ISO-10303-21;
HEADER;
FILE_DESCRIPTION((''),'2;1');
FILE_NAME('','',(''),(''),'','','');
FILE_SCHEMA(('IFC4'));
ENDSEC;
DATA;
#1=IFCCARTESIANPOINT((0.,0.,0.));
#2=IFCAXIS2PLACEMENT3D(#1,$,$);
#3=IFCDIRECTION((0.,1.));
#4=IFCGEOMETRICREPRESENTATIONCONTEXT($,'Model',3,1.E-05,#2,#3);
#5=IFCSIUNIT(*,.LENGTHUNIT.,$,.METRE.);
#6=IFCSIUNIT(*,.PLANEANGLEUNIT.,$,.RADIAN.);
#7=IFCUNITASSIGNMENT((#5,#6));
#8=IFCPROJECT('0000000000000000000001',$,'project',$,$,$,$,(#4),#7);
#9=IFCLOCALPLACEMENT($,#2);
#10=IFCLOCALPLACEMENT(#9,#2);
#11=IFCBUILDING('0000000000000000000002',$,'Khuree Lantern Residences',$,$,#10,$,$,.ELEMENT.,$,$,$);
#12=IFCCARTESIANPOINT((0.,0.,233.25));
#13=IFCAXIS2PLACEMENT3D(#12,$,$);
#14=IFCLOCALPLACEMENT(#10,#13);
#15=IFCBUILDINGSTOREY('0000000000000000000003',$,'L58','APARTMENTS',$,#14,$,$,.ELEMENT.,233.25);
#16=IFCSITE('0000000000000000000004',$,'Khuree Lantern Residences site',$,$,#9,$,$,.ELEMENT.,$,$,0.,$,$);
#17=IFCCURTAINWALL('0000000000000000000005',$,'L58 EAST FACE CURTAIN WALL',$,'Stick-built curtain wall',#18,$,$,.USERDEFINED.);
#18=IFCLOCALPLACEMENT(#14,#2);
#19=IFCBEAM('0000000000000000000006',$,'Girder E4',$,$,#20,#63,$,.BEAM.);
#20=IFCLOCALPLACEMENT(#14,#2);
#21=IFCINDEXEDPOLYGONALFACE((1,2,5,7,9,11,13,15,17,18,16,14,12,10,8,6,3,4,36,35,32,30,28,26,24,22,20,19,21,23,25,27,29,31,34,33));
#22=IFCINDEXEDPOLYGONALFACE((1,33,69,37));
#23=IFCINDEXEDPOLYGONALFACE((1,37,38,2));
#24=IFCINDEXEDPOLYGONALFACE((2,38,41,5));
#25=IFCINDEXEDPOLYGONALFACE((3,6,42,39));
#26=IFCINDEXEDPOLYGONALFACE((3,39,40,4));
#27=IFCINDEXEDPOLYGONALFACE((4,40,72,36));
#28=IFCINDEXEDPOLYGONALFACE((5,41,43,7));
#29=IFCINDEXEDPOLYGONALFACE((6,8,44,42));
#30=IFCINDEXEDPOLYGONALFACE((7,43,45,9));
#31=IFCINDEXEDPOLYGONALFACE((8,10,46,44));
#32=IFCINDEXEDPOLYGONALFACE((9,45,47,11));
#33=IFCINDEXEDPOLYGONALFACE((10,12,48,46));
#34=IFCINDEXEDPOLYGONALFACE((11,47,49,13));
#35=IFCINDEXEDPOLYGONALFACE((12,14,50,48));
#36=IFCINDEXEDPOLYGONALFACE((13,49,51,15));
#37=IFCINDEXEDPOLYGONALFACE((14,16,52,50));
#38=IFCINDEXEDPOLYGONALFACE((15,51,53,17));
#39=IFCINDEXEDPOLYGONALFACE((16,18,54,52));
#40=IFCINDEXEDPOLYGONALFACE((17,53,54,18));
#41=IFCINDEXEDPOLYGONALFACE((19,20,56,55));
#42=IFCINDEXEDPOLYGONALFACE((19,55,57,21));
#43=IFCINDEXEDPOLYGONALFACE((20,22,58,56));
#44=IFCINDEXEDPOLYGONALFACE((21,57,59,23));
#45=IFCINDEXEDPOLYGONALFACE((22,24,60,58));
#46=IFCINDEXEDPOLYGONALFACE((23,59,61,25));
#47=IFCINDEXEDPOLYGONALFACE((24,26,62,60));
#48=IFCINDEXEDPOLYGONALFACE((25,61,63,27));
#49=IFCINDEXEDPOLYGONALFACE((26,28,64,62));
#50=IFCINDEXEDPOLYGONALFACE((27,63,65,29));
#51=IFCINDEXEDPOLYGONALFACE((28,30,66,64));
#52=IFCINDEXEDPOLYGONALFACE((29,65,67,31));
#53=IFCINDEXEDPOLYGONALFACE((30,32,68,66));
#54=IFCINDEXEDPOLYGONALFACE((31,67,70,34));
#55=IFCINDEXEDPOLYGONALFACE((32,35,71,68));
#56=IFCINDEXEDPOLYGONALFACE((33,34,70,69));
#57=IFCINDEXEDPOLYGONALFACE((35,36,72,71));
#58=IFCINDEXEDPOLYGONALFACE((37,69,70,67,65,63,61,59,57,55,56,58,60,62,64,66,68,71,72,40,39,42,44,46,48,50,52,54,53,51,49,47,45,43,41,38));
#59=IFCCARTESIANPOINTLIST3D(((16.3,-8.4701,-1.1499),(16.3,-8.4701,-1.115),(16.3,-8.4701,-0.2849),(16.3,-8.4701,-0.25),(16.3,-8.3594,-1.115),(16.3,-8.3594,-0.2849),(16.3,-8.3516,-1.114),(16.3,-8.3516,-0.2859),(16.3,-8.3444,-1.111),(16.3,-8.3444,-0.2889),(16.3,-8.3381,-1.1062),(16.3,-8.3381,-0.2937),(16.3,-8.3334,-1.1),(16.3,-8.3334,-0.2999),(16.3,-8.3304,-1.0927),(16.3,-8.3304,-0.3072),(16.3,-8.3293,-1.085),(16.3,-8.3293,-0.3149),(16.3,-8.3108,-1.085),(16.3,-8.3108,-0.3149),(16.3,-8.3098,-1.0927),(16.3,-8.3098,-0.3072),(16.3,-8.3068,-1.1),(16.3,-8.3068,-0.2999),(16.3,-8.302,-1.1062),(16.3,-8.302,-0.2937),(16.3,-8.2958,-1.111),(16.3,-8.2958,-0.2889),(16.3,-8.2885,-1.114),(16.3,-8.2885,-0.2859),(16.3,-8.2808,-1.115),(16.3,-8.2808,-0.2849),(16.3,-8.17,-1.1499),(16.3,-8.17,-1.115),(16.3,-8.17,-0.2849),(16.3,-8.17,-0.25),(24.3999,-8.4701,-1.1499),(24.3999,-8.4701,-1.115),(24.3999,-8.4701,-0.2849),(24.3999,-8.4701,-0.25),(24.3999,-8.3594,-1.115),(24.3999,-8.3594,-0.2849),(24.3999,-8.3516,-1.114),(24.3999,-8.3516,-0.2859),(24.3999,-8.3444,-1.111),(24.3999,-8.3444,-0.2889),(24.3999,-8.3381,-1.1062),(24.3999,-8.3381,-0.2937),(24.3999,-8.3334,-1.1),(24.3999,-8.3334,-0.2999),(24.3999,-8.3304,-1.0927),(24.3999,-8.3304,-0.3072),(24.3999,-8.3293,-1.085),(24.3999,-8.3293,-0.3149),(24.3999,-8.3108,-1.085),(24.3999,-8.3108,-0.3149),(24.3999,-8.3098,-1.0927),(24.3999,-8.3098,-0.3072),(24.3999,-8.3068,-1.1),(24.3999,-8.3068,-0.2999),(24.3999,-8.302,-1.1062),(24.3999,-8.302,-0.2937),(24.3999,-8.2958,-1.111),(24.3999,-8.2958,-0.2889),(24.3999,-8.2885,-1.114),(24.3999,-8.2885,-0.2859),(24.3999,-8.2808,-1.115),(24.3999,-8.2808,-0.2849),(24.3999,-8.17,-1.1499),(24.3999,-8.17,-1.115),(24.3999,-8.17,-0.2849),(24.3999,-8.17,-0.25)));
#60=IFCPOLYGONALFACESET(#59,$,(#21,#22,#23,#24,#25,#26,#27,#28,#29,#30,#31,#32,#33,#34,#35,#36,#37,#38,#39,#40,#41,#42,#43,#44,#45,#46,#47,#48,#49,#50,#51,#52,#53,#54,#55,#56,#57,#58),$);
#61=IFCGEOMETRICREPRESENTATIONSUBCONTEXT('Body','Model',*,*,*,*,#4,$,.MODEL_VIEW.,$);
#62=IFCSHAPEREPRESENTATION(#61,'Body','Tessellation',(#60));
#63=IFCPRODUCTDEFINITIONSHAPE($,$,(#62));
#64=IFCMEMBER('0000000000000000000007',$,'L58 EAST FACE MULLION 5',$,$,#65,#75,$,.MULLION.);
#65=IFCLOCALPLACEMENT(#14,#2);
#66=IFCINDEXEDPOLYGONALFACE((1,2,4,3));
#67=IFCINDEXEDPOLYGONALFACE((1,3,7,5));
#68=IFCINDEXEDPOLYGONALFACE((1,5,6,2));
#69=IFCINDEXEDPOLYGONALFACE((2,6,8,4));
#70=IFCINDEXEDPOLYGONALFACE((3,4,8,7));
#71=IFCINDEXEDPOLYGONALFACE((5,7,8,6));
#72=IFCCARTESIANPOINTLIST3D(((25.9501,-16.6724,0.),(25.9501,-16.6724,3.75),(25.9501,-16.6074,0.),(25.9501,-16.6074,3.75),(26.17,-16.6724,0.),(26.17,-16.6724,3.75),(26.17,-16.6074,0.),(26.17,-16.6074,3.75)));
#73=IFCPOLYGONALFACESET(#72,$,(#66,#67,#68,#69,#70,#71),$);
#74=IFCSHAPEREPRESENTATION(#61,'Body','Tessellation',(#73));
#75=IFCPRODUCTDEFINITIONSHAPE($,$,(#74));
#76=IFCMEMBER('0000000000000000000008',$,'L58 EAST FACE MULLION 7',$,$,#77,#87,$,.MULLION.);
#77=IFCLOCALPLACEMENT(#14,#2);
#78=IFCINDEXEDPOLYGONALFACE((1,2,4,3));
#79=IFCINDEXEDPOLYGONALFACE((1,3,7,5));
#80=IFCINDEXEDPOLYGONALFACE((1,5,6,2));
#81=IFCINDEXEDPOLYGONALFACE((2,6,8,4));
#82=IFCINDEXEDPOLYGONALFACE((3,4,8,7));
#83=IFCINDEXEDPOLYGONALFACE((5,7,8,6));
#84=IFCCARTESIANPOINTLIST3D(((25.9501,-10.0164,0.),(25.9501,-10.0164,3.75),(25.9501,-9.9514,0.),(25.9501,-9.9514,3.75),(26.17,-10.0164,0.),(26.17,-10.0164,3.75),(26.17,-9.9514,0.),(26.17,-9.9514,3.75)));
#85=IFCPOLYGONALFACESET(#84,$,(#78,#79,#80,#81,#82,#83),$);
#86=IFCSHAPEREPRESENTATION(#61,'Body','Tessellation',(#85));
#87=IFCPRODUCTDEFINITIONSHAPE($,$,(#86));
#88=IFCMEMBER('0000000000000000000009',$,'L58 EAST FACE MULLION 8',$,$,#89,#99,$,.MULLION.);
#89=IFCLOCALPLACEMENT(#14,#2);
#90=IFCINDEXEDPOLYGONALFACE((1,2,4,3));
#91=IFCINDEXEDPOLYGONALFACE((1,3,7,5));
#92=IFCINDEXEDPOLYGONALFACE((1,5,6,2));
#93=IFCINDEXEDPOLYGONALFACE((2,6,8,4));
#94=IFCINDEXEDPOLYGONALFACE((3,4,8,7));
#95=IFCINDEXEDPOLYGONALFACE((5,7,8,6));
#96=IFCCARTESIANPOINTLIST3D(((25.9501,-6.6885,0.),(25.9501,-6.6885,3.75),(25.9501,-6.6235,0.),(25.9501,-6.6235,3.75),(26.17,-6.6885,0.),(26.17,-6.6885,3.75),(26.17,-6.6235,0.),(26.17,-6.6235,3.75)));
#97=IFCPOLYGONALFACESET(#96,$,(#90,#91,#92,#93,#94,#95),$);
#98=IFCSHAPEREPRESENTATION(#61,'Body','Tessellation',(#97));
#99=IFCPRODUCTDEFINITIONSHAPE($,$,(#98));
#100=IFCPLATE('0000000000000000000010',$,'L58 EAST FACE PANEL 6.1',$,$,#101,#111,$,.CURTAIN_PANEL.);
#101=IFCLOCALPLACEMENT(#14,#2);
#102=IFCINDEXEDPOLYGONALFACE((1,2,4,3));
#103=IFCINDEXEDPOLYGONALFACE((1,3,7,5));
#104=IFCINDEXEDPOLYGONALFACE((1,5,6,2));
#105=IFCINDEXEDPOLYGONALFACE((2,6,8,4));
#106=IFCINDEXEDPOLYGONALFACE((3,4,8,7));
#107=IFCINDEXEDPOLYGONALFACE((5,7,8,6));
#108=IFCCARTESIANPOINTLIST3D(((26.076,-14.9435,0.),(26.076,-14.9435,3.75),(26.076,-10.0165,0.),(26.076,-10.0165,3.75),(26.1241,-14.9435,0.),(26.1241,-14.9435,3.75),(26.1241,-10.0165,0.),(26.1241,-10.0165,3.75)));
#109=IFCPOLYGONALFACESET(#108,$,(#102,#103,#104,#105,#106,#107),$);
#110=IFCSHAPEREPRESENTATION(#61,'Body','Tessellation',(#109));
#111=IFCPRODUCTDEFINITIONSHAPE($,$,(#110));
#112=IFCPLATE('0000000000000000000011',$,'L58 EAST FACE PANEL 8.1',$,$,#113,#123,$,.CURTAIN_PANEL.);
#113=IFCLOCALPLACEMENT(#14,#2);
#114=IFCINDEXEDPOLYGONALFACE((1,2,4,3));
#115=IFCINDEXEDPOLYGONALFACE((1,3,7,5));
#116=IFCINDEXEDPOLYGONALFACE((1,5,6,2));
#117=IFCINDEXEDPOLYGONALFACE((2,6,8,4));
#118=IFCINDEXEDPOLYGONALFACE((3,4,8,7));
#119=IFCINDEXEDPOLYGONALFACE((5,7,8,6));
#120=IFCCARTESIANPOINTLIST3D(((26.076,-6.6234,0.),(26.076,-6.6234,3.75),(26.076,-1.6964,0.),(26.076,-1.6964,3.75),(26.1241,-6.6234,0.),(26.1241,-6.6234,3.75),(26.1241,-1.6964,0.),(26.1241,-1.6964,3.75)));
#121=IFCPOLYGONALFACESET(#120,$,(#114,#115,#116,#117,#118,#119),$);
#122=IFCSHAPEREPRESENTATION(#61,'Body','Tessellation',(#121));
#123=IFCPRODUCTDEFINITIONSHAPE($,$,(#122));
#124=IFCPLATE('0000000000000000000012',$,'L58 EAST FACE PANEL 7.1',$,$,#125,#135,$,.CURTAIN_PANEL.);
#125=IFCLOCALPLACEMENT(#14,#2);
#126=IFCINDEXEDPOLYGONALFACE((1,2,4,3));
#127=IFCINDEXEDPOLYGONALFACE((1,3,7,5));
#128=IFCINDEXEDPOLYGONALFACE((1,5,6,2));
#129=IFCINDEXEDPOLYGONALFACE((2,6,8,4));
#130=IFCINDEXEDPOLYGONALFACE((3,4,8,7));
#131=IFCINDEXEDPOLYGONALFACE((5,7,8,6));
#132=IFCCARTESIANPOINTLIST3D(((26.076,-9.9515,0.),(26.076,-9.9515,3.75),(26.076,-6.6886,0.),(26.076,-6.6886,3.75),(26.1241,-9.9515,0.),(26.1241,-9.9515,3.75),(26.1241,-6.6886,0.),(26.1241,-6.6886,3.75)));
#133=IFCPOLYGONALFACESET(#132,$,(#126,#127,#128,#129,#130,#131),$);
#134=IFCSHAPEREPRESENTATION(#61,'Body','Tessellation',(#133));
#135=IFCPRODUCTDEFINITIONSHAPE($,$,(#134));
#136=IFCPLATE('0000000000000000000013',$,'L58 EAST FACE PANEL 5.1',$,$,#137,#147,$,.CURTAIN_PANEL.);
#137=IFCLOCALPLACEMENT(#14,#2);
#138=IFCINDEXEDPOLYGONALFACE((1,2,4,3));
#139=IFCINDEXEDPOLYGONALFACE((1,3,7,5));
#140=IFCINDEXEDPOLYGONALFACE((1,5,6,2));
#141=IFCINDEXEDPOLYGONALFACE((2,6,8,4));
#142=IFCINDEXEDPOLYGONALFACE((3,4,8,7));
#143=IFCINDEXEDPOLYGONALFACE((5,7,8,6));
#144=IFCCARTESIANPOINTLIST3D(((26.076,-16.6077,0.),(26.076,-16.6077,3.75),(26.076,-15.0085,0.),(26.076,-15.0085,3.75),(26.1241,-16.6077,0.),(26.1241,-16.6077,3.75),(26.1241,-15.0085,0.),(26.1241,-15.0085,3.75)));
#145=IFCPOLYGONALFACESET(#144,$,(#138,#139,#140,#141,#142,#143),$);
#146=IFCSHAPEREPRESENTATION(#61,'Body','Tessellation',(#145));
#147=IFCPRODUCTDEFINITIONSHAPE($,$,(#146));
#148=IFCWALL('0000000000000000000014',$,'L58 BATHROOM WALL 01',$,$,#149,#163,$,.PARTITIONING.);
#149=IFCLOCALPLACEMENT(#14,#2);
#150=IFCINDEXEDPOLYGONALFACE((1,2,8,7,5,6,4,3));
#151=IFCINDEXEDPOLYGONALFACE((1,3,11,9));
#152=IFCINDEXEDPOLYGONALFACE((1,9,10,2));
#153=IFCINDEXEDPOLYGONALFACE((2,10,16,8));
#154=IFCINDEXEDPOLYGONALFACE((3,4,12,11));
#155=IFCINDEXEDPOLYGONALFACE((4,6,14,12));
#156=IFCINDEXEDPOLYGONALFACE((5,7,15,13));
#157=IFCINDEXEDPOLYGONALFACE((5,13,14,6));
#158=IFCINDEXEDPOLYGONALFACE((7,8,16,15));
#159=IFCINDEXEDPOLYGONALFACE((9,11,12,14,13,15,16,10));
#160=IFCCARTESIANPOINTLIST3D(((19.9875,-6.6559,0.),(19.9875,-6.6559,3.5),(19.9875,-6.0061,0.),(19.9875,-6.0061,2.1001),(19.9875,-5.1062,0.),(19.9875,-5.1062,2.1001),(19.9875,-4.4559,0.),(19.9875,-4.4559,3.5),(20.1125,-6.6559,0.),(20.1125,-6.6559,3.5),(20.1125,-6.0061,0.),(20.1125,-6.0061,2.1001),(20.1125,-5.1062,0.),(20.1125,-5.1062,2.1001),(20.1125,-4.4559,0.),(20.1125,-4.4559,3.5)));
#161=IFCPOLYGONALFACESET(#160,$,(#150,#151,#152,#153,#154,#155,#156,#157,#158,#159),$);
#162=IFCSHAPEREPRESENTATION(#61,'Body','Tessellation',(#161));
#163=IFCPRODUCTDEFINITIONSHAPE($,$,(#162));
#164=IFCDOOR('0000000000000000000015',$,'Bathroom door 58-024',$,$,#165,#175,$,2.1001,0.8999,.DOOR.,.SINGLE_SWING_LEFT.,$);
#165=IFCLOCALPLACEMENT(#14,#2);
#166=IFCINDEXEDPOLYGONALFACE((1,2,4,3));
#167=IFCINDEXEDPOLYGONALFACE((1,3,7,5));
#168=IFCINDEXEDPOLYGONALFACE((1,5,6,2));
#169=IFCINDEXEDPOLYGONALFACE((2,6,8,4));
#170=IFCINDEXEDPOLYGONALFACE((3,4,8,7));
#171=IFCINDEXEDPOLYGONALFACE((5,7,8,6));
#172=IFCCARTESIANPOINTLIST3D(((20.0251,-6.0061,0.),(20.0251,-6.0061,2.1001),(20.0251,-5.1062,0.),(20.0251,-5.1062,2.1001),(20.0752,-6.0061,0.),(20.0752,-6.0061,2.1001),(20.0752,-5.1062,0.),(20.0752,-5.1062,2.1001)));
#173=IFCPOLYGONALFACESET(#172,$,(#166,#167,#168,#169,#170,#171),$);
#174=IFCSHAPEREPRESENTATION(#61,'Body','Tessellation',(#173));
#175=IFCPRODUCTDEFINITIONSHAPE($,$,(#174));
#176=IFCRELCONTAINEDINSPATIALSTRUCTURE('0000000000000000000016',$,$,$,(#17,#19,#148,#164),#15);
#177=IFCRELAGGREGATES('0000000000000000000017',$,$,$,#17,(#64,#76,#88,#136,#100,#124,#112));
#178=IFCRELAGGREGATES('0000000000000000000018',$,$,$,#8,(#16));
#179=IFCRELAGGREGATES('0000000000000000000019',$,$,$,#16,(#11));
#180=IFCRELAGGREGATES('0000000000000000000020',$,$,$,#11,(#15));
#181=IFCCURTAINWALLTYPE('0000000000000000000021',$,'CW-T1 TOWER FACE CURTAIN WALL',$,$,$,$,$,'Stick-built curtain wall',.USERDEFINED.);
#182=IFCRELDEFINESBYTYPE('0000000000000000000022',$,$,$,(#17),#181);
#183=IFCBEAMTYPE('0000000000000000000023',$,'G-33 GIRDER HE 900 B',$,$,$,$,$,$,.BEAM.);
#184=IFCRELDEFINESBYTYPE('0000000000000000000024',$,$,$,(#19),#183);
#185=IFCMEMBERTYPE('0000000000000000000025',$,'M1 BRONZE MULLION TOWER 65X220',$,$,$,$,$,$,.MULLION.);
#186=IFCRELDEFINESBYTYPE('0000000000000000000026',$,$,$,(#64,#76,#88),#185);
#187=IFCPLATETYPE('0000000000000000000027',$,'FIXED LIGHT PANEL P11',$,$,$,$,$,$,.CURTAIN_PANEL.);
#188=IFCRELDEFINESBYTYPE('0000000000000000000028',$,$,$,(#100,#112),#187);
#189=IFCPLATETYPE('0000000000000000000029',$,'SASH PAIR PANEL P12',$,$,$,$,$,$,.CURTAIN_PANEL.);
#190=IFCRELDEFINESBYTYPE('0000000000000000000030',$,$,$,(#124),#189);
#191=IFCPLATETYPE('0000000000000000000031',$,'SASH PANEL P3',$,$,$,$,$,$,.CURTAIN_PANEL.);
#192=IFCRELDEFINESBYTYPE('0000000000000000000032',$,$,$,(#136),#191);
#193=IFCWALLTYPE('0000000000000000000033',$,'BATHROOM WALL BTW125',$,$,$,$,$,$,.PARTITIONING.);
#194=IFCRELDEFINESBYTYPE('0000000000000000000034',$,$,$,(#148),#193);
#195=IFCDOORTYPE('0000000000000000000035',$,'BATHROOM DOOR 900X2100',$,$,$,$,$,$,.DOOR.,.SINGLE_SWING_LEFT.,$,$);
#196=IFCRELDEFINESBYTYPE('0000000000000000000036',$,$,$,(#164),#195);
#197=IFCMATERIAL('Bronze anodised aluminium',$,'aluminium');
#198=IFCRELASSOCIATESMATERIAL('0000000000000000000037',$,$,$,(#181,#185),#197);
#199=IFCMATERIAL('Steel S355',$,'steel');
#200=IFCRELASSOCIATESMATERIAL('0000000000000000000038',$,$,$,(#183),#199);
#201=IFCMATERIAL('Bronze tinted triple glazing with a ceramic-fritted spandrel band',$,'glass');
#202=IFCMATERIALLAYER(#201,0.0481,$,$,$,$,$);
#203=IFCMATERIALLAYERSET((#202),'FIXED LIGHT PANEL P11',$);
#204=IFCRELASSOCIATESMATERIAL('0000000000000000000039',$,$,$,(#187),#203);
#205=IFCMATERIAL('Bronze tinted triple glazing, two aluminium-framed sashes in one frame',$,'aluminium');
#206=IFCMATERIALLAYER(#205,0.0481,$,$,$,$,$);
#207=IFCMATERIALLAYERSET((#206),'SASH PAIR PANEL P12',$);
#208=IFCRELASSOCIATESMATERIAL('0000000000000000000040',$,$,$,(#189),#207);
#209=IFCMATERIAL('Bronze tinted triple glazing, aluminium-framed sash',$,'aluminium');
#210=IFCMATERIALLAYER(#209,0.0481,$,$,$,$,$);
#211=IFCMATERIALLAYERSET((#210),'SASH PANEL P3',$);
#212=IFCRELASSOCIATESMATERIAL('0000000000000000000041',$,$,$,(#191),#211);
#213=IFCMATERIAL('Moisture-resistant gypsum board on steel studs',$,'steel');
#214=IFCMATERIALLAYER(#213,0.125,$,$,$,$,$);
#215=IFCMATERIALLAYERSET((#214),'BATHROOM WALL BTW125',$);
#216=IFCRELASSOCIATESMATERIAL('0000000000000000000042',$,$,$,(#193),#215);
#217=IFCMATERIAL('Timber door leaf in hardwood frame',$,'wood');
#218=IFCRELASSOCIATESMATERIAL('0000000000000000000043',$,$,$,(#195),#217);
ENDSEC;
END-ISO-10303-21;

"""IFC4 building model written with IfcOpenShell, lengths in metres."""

from ifc_helpers import new_model, si_unit, direction, frame, frame_2d, origin, origin_2d, place, context, subcontext, project, spatial, rectangle, i_section, extrude, material, layer, layer_set, material_profile, profile_set, type_object, element, fill, aggregate, save


model = new_model("IFC4")

# Units and contexts
model_context = context("Model", 3, precision=1e-05, world=origin(), true_north=direction((0.0, 1.0)))
body_context = subcontext(model_context, "Body", "Model", "MODEL_VIEW")
ifc_project = project(units=[si_unit("LENGTHUNIT", "METRE"), si_unit("PLANEANGLEUNIT", "RADIAN")], contexts=[model_context])

# Site, building, storey
site_placement = place(None, origin())
site = spatial("IfcSite", under=ifc_project, at=site_placement, Name="Khuree Lantern Residences site", CompositionType="ELEMENT", RefElevation=0.0)
building_placement = place(site_placement, origin())
building = spatial("IfcBuilding", under=site, at=building_placement, Name="Khuree Lantern Residences", CompositionType="ELEMENT")
storey_placement = place(building_placement, frame((0.0, 0.0, 233.25)))
storey = spatial("IfcBuildingStorey", under=building, at=storey_placement, Name="L58", Description="APARTMENTS", CompositionType="ELEMENT", Elevation=233.25)

# Shared definitions
ifc_material_1 = material(Name="Steel S355", Category="steel")

# Curtain wall
ifc_material_2 = material(Name="Bronze anodised aluminium", Category="aluminium")
curtain_wall_type = type_object("IfcCurtainWallType", Name="CW-T1 TOWER FACE CURTAIN WALL", ElementType="Stick-built curtain wall", PredefinedType="USERDEFINED", material=ifc_material_2)
curtain_wall_placement = place(storey_placement, origin())
curtain_wall = element("IfcCurtainWall", 1, at=curtain_wall_placement, inside=storey, type_object=curtain_wall_type, Name="L58 EAST FACE CURTAIN WALL", ObjectType="Stick-built curtain wall", PredefinedType="USERDEFINED")

# Beam
ifc_material_profile_1 = material_profile(ifc_material_1, i_section(OverallWidth=0.3, OverallDepth=0.8999, WebThickness=0.0186, FlangeThickness=0.0349, FilletRadius=0.03, at=origin_2d()), Name="HE 900 B")
ifc_profile_set_1 = profile_set([ifc_material_profile_1], Name="Steel S355")
beam_type_1 = type_object("IfcBeamType", Name="G-33 GIRDER HE 900 B", PredefinedType="BEAM", material=ifc_profile_set_1)
beam_1_placement = place(storey_placement, frame((24.3999, -8.3201, -0.7), z_axis=(-1.0, 0.0, 0.0), x_axis=(0.0, -1.0, 0.0)))
element("IfcBeam", 2, at=beam_1_placement, inside=storey, type_object=beam_type_1, Name="Girder E4", PredefinedType="BEAM", context=body_context, shape_type="SweptSolid", body=[
    extrude(i_section(OverallWidth=0.3, OverallDepth=0.8999, WebThickness=0.0186, FlangeThickness=0.0349, FilletRadius=0.03, at=origin_2d()), origin(), (0.0, 0.0, 1.0), 8.0999),
])

# Members
ifc_material_profile_2 = material_profile(ifc_material_2, rectangle(XDim=0.0649, YDim=0.22, at=origin_2d()), Name="M1 65X220")
ifc_profile_set_2 = profile_set([ifc_material_profile_2], Name="Bronze anodised aluminium")
member_type_1 = type_object("IfcMemberType", Name="M1 BRONZE MULLION TOWER 65X220", PredefinedType="MULLION", material=ifc_profile_set_2)
member_1_placement = place(storey_placement, frame((26.0601, -16.6399, 0.0), z_axis=(0.0, 0.0, 1.0), x_axis=(0.0, 1.0, 0.0)))
member_1 = element("IfcMember", 3, at=member_1_placement, type_object=member_type_1, Name="L58 EAST FACE MULLION 5", PredefinedType="MULLION", context=body_context, shape_type="SweptSolid", body=[
    extrude(rectangle(XDim=0.0649, YDim=0.22, at=origin_2d()), origin(), (0.0, 0.0, 1.0), 3.75),
])
member_2_placement = place(storey_placement, frame((26.0601, -9.9839, 0.0), z_axis=(0.0, 0.0, 1.0), x_axis=(0.0, 1.0, 0.0)))
member_2 = element("IfcMember", 4, at=member_2_placement, type_object=member_type_1, Name="L58 EAST FACE MULLION 7", PredefinedType="MULLION", context=body_context, shape_type="SweptSolid", body=[
    extrude(rectangle(XDim=0.0649, YDim=0.22, at=origin_2d()), origin(), (0.0, 0.0, 1.0), 3.75),
])
member_3_placement = place(storey_placement, frame((26.0601, -6.656, 0.0), z_axis=(0.0, 0.0, 1.0), x_axis=(0.0, 1.0, 0.0)))
member_3 = element("IfcMember", 5, at=member_3_placement, type_object=member_type_1, Name="L58 EAST FACE MULLION 8", PredefinedType="MULLION", context=body_context, shape_type="SweptSolid", body=[
    extrude(rectangle(XDim=0.0649, YDim=0.22, at=origin_2d()), origin(), (0.0, 0.0, 1.0), 3.75),
])

# Plates
ifc_material_3 = material(Name="Bronze tinted triple glazing with a ceramic-fritted spandrel band", Category="glass")
ifc_layer_1 = layer(ifc_material_3, 0.0481)
ifc_layer_set_1 = layer_set([ifc_layer_1], Name="FIXED LIGHT PANEL P11")
plate_type_1 = type_object("IfcPlateType", Name="FIXED LIGHT PANEL P11", PredefinedType="CURTAIN_PANEL", material=ifc_layer_set_1)
plate_1_placement = place(storey_placement, frame((26.1001, -12.48, 0.0), z_axis=(0.0, 0.0, 1.0), x_axis=(0.0, 1.0, 0.0)))
plate_1 = element("IfcPlate", 6, at=plate_1_placement, type_object=plate_type_1, Name="L58 EAST FACE PANEL 6.1", PredefinedType="CURTAIN_PANEL", context=body_context, shape_type="SweptSolid", body=[
    extrude(rectangle(XDim=4.927, YDim=0.0481, at=origin_2d()), origin(), (0.0, 0.0, 1.0), 3.75),
])
plate_2_placement = place(storey_placement, frame((26.1001, -4.1599, 0.0), z_axis=(0.0, 0.0, 1.0), x_axis=(0.0, 1.0, 0.0)))
plate_2 = element("IfcPlate", 7, at=plate_2_placement, type_object=plate_type_1, Name="L58 EAST FACE PANEL 8.1", PredefinedType="CURTAIN_PANEL", context=body_context, shape_type="SweptSolid", body=[
    extrude(rectangle(XDim=4.927, YDim=0.0481, at=origin_2d()), origin(), (0.0, 0.0, 1.0), 3.75),
])
ifc_material_4 = material(Name="Bronze tinted triple glazing, two aluminium-framed sashes in one frame", Category="aluminium")
ifc_layer_2 = layer(ifc_material_4, 0.0481)
ifc_layer_set_2 = layer_set([ifc_layer_2], Name="SASH PAIR PANEL P12")
plate_type_2 = type_object("IfcPlateType", Name="SASH PAIR PANEL P12", PredefinedType="CURTAIN_PANEL", material=ifc_layer_set_2)
plate_3_placement = place(storey_placement, frame((26.1001, -8.3201, 0.0), z_axis=(0.0, 0.0, 1.0), x_axis=(0.0, 1.0, 0.0)))
plate_3 = element("IfcPlate", 8, at=plate_3_placement, type_object=plate_type_2, Name="L58 EAST FACE PANEL 7.1", PredefinedType="CURTAIN_PANEL", context=body_context, shape_type="SweptSolid", body=[
    extrude(rectangle(XDim=3.2629, YDim=0.0481, at=origin_2d()), origin(), (0.0, 0.0, 1.0), 3.75),
])
ifc_material_5 = material(Name="Bronze tinted triple glazing, aluminium-framed sash", Category="aluminium")
ifc_layer_3 = layer(ifc_material_5, 0.0481)
ifc_layer_set_3 = layer_set([ifc_layer_3], Name="SASH PANEL P3")
plate_type_3 = type_object("IfcPlateType", Name="SASH PANEL P3", PredefinedType="CURTAIN_PANEL", material=ifc_layer_set_3)
plate_4_placement = place(storey_placement, frame((26.1001, -15.8081, 0.0), z_axis=(0.0, 0.0, 1.0), x_axis=(0.0, 1.0, 0.0)))
plate_4 = element("IfcPlate", 9, at=plate_4_placement, type_object=plate_type_3, Name="L58 EAST FACE PANEL 5.1", PredefinedType="CURTAIN_PANEL", context=body_context, shape_type="SweptSolid", body=[
    extrude(rectangle(XDim=1.5991, YDim=0.0481, at=origin_2d()), origin(), (0.0, 0.0, 1.0), 3.75),
])
aggregate(curtain_wall, [member_1, member_2, member_3, plate_4, plate_1, plate_3, plate_2])

# Wall, opening, door
ifc_material_6 = material(Name="Moisture-resistant gypsum board on steel studs", Category="steel")
ifc_layer_4 = layer(ifc_material_6, 0.125)
ifc_layer_set_4 = layer_set([ifc_layer_4], Name="BATHROOM WALL BTW125")
wall_type_1 = type_object("IfcWallType", Name="BATHROOM WALL BTW125", PredefinedType="PARTITIONING", material=ifc_layer_set_4)
wall_1_placement = place(storey_placement, frame((20.05, -6.656, 0.0), z_axis=(0.0, 0.0, 1.0), x_axis=(0.0, 1.0, 0.0)))
wall_1 = element("IfcWall", 10, at=wall_1_placement, inside=storey, type_object=wall_type_1, Name="L58 BATHROOM WALL 01", PredefinedType="PARTITIONING", context=body_context, shape_type="SweptSolid", body=[
    extrude(rectangle(XDim=2.2, YDim=0.125, at=frame_2d((1.1001, 0.0))), origin(), (0.0, 0.0, 1.0), 3.5),
])
opening_1_placement = place(wall_1_placement, frame((0.6499, 0.0, 0.0)))
opening_1 = element("IfcOpeningElement", 11, at=opening_1_placement, cuts=wall_1, PredefinedType="OPENING", context=body_context, shape_type="SweptSolid", body=[
    extrude(rectangle(XDim=0.8999, YDim=2.1001, at=frame_2d((0.45, 1.05))), frame((0.0, 0.0725, 0.0), z_axis=(0.0, -1.0, 0.0), x_axis=(1.0, 0.0, 0.0)), (0.0, 0.0, 1.0), 0.145),
])
ifc_material_7 = material(Name="Timber door leaf in hardwood frame", Category="wood")
door_type_1 = type_object("IfcDoorType", Name="BATHROOM DOOR 900X2100", OperationType="SINGLE_SWING_LEFT", PredefinedType="DOOR", material=ifc_material_7)
door_1_placement = place(opening_1_placement, origin())
door_1 = element("IfcDoor", 12, at=door_1_placement, inside=storey, type_object=door_type_1, Name="Bathroom door 58-024", OperationType="SINGLE_SWING_LEFT", OverallHeight=2.1001, OverallWidth=0.8999, PredefinedType="DOOR", context=body_context, shape_type="SweptSolid", body=[
    extrude(rectangle(XDim=0.8999, YDim=2.1001, at=frame_2d((0.45, 1.05))), frame((0.0, 0.0249, 0.0), z_axis=(0.0, -1.0, 0.0), x_axis=(1.0, 0.0, 0.0)), (0.0, 0.0, 1.0), 0.05),
])
fill(opening_1, door_1)

save(model, "model.ifc")
